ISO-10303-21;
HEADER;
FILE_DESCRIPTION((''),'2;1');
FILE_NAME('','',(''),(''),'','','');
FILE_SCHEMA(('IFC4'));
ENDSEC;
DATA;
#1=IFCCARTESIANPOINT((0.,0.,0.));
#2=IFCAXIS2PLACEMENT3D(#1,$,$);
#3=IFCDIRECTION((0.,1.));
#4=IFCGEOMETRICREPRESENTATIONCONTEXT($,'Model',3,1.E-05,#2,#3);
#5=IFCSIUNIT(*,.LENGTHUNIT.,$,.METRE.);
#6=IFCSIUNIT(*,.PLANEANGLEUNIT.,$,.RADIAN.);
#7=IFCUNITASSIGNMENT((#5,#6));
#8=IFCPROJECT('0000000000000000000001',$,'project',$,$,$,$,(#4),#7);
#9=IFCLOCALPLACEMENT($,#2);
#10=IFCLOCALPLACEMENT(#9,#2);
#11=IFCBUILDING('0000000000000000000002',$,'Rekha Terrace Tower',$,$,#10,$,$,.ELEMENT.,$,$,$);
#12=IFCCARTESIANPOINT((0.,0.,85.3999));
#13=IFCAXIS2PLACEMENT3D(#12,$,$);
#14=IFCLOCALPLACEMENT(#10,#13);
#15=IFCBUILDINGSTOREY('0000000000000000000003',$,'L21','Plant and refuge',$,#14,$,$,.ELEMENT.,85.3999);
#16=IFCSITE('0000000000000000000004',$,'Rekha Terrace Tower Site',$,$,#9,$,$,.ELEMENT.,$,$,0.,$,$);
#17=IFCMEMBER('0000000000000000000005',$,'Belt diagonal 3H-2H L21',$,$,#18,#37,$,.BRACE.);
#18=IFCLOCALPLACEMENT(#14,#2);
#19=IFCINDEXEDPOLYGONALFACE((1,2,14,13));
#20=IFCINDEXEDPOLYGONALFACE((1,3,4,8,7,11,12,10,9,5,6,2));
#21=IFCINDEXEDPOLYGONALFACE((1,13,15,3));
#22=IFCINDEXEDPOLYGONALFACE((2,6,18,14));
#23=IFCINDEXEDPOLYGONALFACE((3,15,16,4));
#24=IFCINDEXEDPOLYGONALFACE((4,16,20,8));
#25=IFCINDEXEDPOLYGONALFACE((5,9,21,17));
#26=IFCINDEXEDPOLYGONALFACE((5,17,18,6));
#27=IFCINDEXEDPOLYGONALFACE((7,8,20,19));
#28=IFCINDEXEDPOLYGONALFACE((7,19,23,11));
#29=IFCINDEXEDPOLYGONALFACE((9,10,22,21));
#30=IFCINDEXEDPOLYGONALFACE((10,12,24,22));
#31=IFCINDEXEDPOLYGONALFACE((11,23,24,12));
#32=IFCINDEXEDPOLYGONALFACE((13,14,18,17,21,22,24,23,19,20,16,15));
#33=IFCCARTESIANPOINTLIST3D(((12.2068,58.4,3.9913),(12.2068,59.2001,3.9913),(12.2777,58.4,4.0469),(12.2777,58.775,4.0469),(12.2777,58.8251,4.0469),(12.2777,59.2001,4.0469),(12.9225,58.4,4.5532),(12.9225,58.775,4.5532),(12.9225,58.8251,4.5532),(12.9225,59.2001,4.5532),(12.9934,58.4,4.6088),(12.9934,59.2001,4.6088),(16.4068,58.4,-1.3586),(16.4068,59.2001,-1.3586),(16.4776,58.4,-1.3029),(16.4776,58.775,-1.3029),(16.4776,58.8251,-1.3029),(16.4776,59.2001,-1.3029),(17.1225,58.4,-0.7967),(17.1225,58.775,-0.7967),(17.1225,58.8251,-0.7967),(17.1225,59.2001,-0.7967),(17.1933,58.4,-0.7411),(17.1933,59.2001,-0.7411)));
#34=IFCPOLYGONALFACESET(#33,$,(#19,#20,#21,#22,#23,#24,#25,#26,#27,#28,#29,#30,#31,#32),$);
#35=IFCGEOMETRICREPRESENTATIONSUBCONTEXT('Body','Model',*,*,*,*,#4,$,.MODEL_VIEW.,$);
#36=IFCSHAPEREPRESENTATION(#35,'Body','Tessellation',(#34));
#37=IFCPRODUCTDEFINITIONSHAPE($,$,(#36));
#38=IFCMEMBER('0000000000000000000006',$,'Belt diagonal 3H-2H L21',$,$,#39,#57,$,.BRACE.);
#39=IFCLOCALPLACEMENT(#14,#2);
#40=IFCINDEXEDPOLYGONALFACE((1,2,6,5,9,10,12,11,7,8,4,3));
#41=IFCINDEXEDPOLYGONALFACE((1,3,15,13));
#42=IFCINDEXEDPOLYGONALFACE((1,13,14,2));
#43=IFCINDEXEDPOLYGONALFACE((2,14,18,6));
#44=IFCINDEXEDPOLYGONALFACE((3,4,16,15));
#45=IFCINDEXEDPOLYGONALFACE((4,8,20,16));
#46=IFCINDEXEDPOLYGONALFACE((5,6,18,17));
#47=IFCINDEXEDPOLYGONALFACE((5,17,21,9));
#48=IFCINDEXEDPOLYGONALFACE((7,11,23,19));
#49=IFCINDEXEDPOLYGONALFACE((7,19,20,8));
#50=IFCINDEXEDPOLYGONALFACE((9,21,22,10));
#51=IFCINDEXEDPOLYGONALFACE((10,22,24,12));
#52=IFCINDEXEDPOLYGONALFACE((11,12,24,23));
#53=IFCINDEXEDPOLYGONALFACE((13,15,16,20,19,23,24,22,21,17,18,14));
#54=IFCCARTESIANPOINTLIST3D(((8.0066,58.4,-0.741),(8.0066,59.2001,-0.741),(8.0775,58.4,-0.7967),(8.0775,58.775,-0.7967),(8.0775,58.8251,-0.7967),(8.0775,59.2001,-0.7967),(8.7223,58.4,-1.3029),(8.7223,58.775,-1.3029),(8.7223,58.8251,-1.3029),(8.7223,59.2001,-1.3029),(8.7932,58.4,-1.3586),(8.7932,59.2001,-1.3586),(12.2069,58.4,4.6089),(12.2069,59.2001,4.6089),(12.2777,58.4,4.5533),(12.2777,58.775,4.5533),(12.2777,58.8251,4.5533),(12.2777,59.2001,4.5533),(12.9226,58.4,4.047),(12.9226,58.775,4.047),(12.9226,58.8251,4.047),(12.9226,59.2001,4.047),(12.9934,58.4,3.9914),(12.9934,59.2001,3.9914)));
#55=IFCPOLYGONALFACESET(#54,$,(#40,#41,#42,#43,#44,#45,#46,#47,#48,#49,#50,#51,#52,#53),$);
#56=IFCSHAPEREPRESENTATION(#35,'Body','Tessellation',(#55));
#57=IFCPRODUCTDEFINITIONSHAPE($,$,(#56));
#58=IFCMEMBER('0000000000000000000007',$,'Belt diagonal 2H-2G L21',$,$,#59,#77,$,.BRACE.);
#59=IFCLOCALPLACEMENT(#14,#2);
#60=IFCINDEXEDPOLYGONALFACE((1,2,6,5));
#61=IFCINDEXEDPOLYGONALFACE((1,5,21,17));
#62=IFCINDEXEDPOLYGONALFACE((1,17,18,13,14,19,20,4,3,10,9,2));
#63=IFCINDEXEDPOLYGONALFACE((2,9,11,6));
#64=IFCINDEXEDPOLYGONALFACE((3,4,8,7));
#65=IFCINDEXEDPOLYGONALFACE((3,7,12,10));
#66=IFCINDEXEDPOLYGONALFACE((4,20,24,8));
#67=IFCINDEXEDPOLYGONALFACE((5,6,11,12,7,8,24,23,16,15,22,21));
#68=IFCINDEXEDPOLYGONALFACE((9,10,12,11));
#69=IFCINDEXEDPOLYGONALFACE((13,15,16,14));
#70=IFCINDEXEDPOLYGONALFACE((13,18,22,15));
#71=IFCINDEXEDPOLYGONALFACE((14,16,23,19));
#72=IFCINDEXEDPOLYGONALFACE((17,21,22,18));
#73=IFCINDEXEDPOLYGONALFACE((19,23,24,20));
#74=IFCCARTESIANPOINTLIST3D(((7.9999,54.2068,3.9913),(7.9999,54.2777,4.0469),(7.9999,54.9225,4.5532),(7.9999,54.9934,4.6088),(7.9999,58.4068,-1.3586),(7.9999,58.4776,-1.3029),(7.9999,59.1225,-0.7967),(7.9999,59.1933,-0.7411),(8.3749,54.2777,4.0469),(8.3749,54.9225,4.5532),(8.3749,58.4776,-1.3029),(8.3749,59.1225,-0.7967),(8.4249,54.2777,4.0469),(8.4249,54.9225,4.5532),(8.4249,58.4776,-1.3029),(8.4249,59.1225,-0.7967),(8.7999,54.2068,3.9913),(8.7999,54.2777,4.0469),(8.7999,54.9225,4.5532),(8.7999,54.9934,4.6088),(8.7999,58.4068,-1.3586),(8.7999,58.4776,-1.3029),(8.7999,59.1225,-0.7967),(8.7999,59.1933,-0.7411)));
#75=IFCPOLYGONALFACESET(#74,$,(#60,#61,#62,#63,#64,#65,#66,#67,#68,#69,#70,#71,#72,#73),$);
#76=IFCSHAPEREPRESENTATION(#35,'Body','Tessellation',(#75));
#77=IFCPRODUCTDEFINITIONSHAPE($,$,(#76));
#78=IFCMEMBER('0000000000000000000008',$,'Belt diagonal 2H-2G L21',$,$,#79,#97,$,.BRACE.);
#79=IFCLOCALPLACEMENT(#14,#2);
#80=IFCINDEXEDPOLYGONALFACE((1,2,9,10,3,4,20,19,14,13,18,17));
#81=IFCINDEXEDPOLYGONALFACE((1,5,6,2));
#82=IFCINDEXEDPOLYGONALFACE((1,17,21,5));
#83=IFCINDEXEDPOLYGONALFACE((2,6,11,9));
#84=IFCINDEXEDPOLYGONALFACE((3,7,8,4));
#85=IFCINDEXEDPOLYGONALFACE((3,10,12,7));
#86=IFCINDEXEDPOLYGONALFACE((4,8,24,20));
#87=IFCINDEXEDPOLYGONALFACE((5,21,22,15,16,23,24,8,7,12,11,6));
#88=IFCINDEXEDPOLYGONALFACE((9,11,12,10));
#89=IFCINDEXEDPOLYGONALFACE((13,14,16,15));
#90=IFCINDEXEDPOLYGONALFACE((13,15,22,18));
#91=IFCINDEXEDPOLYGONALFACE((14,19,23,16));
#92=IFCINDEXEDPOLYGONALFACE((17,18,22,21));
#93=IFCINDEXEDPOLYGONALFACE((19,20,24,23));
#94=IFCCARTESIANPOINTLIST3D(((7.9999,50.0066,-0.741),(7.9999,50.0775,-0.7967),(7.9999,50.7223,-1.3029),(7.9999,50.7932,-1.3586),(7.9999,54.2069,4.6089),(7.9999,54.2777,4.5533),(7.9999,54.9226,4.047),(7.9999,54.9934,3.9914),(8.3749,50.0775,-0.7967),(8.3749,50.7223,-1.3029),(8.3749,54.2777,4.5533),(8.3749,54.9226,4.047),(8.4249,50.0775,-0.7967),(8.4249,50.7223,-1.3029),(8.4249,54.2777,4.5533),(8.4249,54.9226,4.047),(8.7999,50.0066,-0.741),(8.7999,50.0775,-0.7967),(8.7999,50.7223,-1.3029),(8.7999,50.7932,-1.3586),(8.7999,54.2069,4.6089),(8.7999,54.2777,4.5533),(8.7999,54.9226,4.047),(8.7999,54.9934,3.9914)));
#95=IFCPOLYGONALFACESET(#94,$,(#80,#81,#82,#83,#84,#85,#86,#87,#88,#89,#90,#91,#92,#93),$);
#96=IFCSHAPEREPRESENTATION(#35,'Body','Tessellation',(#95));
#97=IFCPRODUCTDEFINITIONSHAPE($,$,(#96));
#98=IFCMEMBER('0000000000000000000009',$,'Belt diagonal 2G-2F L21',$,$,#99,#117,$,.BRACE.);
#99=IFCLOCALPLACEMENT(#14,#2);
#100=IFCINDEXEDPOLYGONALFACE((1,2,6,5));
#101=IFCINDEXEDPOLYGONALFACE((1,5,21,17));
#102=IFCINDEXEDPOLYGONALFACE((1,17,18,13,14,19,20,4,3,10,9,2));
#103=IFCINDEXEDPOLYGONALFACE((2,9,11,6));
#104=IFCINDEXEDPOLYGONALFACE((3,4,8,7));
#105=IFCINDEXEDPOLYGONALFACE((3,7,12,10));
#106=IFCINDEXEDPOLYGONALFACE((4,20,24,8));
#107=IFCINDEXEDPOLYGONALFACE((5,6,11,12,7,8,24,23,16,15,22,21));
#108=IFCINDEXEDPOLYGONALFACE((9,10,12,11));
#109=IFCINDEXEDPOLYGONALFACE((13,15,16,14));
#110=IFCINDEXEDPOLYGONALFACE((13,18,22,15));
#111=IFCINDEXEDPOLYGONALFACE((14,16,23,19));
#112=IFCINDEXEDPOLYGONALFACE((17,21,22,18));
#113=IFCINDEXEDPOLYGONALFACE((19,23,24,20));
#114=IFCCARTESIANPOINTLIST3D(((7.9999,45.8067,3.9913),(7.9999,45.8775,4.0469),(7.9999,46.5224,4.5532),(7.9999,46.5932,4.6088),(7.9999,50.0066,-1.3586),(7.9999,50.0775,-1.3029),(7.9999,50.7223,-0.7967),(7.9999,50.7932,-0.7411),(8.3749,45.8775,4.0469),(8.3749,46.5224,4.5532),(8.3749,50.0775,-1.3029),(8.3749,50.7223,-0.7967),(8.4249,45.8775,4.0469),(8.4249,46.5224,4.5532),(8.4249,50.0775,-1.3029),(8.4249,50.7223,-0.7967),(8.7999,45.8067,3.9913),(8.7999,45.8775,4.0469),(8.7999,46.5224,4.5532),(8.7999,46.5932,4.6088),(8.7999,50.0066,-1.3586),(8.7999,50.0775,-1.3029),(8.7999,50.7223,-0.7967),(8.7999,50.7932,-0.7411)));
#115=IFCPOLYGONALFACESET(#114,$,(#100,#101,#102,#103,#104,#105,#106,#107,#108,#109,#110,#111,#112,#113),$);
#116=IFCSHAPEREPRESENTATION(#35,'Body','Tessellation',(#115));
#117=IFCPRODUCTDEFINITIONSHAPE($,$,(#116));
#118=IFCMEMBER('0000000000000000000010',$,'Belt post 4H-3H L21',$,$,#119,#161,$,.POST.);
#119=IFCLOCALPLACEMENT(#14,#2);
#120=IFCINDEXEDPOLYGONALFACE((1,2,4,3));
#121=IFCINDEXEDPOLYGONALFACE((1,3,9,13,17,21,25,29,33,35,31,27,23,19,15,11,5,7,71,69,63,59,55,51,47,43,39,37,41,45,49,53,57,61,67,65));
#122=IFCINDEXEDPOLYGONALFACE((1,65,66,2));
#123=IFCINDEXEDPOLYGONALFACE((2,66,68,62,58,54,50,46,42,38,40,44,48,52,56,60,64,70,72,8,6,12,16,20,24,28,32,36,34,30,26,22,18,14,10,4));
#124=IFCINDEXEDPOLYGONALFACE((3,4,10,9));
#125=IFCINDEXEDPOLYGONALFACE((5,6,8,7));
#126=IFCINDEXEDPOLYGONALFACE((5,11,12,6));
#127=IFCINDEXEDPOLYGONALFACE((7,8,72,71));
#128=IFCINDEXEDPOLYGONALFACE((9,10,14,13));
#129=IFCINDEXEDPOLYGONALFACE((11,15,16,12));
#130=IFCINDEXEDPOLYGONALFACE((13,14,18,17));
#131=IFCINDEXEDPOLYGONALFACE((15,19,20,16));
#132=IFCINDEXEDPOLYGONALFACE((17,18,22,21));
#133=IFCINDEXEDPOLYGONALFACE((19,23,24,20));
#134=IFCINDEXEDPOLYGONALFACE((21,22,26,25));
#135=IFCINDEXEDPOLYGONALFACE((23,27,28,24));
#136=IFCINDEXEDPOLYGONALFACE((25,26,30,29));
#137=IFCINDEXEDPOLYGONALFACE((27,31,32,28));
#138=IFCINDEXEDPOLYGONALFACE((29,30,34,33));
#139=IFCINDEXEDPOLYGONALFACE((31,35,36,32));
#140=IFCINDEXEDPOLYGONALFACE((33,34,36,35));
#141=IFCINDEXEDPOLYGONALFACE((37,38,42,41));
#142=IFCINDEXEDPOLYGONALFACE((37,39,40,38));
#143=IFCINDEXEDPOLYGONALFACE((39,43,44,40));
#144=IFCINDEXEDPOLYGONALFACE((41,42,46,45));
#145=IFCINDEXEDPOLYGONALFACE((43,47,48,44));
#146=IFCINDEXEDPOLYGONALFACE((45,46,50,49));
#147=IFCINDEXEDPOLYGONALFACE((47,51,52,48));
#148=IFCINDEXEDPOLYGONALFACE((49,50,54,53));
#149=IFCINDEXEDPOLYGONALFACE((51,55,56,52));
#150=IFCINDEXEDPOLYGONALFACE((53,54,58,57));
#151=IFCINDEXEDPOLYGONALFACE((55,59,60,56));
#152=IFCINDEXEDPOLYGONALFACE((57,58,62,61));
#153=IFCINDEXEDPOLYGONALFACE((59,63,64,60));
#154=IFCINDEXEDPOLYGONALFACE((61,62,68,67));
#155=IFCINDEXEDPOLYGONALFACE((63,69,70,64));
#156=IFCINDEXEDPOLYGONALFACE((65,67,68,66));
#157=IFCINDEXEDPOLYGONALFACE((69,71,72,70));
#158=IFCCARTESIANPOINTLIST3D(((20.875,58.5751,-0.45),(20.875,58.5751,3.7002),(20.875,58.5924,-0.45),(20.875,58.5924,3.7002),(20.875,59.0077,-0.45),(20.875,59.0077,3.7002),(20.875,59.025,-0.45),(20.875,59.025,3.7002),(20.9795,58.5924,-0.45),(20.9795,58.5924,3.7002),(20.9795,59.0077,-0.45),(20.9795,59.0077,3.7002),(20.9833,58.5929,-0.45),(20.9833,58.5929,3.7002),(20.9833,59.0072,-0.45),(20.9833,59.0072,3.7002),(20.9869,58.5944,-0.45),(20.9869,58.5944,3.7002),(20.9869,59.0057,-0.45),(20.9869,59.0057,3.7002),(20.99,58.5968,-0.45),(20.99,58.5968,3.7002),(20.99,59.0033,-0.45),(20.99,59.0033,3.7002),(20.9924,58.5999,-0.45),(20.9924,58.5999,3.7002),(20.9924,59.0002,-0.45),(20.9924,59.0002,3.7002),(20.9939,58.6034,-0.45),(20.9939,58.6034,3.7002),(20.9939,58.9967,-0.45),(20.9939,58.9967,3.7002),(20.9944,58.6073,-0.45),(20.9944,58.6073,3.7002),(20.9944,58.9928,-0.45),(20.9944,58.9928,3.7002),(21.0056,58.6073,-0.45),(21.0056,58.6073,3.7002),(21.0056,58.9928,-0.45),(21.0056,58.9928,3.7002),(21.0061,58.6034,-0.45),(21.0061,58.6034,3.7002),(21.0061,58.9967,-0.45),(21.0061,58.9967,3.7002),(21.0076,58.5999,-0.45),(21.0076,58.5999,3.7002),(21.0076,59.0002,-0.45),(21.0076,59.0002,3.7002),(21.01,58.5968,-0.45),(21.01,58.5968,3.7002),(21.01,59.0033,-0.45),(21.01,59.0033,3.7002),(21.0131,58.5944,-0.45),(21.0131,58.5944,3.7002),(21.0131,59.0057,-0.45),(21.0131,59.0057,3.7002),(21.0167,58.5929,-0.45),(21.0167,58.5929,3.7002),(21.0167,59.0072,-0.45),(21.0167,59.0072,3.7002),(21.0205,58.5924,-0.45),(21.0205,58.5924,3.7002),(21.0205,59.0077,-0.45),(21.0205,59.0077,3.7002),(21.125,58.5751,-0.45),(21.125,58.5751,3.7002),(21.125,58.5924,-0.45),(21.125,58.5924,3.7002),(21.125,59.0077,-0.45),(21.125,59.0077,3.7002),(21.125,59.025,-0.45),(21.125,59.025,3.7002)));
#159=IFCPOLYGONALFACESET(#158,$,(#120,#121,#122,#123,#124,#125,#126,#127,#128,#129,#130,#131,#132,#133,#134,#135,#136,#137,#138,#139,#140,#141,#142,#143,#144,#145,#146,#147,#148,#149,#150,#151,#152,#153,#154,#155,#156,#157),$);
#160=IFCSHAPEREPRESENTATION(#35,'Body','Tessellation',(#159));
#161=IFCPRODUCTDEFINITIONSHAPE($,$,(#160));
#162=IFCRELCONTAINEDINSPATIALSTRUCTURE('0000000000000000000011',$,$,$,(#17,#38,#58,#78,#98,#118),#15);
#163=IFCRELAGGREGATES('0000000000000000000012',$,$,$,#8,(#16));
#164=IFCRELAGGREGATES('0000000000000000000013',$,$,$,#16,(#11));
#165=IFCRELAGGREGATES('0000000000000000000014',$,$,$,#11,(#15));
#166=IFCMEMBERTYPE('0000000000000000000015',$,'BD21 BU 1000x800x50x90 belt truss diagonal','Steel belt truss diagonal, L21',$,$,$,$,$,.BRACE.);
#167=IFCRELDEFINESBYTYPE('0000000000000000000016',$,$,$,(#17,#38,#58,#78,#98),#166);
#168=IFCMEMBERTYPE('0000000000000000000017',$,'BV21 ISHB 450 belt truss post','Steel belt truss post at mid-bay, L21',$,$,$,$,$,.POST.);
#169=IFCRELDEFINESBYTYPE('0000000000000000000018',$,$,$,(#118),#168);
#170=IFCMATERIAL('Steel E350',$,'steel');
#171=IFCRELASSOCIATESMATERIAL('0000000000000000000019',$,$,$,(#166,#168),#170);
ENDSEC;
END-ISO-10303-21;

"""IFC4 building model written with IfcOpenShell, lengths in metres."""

from ifc_helpers import new_model, si_unit, direction, frame, origin, origin_2d, place, context, subcontext, project, spatial, i_section, extrude, material, material_profile, profile_set, type_object, element, save


model = new_model("IFC4")

# Units and contexts
model_context = context("Model", 3, precision=1e-05, world=origin(), true_north=direction((0.0, 1.0)))
body_context = subcontext(model_context, "Body", "Model", "MODEL_VIEW")
ifc_project = project(units=[si_unit("LENGTHUNIT", "METRE"), si_unit("PLANEANGLEUNIT", "RADIAN")], contexts=[model_context])

# Site, building, storey
site_placement = place(None, origin())
site = spatial("IfcSite", under=ifc_project, at=site_placement, Name="Rekha Terrace Tower Site", CompositionType="ELEMENT", RefElevation=0.0)
building_placement = place(site_placement, origin())
building = spatial("IfcBuilding", under=site, at=building_placement, Name="Rekha Terrace Tower", CompositionType="ELEMENT")
storey_placement = place(building_placement, frame((0.0, 0.0, 85.3999)))
storey = spatial("IfcBuildingStorey", under=building, at=storey_placement, Name="L21", Description="Plant and refuge", CompositionType="ELEMENT", Elevation=85.3999)

# Members
ifc_material_1 = material(Name="Steel E350", Category="steel")
ifc_material_profile_1 = material_profile(ifc_material_1, i_section(OverallWidth=0.8, OverallDepth=1.0, WebThickness=0.05, FlangeThickness=0.0901, at=origin_2d()), Name="BU 1000x800x50x90")
ifc_profile_set_1 = profile_set([ifc_material_profile_1], Name="Steel E350")
member_type_1 = type_object("IfcMemberType", Name="BD21 BU 1000x800x50x90 belt truss diagonal", Description="Steel belt truss diagonal, L21", PredefinedType="BRACE", material=ifc_profile_set_1)
for number, where, z_axis, x_axis, name in (
    (1, (16.8, 58.8, -1.0498), (-0.617503, 0.0, 0.786569), (0.0, -1.0, 0.0), "Belt diagonal 3H-2H L21"),
):
    element("IfcMember", number, at=place(storey_placement, frame(where, z_axis=z_axis, x_axis=x_axis)), inside=storey, type_object=member_type_1, Name=name, PredefinedType="BRACE", context=body_context, shape_type="SweptSolid", body=[
        extrude(i_section(OverallWidth=0.8, OverallDepth=1.0, WebThickness=0.05, FlangeThickness=0.0901, at=origin_2d()), origin(), (0.0, 0.0, 1.0), 6.8015),
    ])
member_1_placement = place(storey_placement, frame((8.3999, 58.8, -1.0498), z_axis=(0.617525, 0.0, 0.786551), x_axis=(0.0, 1.0, 0.0)))
element("IfcMember", 2, at=member_1_placement, inside=storey, type_object=member_type_1, Name="Belt diagonal 3H-2H L21", PredefinedType="BRACE", context=body_context, shape_type="SweptSolid", body=[
    extrude(i_section(OverallWidth=0.8, OverallDepth=1.0, WebThickness=0.05, FlangeThickness=0.0901, at=origin_2d()), origin(), (0.0, 0.0, 1.0), 6.8018),
])
member_2_placement = place(storey_placement, frame((8.3999, 58.8, -1.0498), z_axis=(0.0, -0.617503, 0.786569), x_axis=(1.0, 0.0, 0.0)))
element("IfcMember", 3, at=member_2_placement, inside=storey, type_object=member_type_1, Name="Belt diagonal 2H-2G L21", PredefinedType="BRACE", context=body_context, shape_type="SweptSolid", body=[
    extrude(i_section(OverallWidth=0.8, OverallDepth=1.0, WebThickness=0.05, FlangeThickness=0.0901, at=origin_2d()), origin(), (0.0, 0.0, 1.0), 6.8015),
])
member_3_placement = place(storey_placement, frame((8.3999, 50.3999, -1.0498), z_axis=(0.0, 0.617525, 0.786551), x_axis=(-1.0, 0.0, 0.0)))
element("IfcMember", 4, at=member_3_placement, inside=storey, type_object=member_type_1, Name="Belt diagonal 2H-2G L21", PredefinedType="BRACE", context=body_context, shape_type="SweptSolid", body=[
    extrude(i_section(OverallWidth=0.8, OverallDepth=1.0, WebThickness=0.05, FlangeThickness=0.0901, at=origin_2d()), origin(), (0.0, 0.0, 1.0), 6.8018),
])
member_4_placement = place(storey_placement, frame((8.3999, 50.3999, -1.0498), z_axis=(0.0, -0.617503, 0.786569), x_axis=(1.0, 0.0, 0.0)))
element("IfcMember", 5, at=member_4_placement, inside=storey, type_object=member_type_1, Name="Belt diagonal 2G-2F L21", PredefinedType="BRACE", context=body_context, shape_type="SweptSolid", body=[
    extrude(i_section(OverallWidth=0.8, OverallDepth=1.0, WebThickness=0.05, FlangeThickness=0.0901, at=origin_2d()), origin(), (0.0, 0.0, 1.0), 6.8015),
])
ifc_material_profile_2 = material_profile(ifc_material_1, i_section(OverallWidth=0.25, OverallDepth=0.45, WebThickness=0.0112, FlangeThickness=0.0173, FilletRadius=0.0149, at=origin_2d()), Name="ISHB 450")
ifc_profile_set_2 = profile_set([ifc_material_profile_2], Name="Steel E350")
member_type_2 = type_object("IfcMemberType", Name="BV21 ISHB 450 belt truss post", Description="Steel belt truss post at mid-bay, L21", PredefinedType="POST", material=ifc_profile_set_2)
for number, where, z_axis, x_axis, name in (
    (6, (21.0, 58.8, -0.45), (0.0, 0.0, 1.0), (1.0, 0.0, 0.0), "Belt post 4H-3H L21"),
):
    element("IfcMember", number, at=place(storey_placement, frame(where, z_axis=z_axis, x_axis=x_axis)), inside=storey, type_object=member_type_2, Name=name, PredefinedType="POST", context=body_context, shape_type="SweptSolid", body=[
        extrude(i_section(OverallWidth=0.25, OverallDepth=0.45, WebThickness=0.0112, FlangeThickness=0.0173, FilletRadius=0.0149, at=origin_2d()), origin(), (0.0, 0.0, 1.0), 4.1501),
    ])

save(model, "model.ifc")
